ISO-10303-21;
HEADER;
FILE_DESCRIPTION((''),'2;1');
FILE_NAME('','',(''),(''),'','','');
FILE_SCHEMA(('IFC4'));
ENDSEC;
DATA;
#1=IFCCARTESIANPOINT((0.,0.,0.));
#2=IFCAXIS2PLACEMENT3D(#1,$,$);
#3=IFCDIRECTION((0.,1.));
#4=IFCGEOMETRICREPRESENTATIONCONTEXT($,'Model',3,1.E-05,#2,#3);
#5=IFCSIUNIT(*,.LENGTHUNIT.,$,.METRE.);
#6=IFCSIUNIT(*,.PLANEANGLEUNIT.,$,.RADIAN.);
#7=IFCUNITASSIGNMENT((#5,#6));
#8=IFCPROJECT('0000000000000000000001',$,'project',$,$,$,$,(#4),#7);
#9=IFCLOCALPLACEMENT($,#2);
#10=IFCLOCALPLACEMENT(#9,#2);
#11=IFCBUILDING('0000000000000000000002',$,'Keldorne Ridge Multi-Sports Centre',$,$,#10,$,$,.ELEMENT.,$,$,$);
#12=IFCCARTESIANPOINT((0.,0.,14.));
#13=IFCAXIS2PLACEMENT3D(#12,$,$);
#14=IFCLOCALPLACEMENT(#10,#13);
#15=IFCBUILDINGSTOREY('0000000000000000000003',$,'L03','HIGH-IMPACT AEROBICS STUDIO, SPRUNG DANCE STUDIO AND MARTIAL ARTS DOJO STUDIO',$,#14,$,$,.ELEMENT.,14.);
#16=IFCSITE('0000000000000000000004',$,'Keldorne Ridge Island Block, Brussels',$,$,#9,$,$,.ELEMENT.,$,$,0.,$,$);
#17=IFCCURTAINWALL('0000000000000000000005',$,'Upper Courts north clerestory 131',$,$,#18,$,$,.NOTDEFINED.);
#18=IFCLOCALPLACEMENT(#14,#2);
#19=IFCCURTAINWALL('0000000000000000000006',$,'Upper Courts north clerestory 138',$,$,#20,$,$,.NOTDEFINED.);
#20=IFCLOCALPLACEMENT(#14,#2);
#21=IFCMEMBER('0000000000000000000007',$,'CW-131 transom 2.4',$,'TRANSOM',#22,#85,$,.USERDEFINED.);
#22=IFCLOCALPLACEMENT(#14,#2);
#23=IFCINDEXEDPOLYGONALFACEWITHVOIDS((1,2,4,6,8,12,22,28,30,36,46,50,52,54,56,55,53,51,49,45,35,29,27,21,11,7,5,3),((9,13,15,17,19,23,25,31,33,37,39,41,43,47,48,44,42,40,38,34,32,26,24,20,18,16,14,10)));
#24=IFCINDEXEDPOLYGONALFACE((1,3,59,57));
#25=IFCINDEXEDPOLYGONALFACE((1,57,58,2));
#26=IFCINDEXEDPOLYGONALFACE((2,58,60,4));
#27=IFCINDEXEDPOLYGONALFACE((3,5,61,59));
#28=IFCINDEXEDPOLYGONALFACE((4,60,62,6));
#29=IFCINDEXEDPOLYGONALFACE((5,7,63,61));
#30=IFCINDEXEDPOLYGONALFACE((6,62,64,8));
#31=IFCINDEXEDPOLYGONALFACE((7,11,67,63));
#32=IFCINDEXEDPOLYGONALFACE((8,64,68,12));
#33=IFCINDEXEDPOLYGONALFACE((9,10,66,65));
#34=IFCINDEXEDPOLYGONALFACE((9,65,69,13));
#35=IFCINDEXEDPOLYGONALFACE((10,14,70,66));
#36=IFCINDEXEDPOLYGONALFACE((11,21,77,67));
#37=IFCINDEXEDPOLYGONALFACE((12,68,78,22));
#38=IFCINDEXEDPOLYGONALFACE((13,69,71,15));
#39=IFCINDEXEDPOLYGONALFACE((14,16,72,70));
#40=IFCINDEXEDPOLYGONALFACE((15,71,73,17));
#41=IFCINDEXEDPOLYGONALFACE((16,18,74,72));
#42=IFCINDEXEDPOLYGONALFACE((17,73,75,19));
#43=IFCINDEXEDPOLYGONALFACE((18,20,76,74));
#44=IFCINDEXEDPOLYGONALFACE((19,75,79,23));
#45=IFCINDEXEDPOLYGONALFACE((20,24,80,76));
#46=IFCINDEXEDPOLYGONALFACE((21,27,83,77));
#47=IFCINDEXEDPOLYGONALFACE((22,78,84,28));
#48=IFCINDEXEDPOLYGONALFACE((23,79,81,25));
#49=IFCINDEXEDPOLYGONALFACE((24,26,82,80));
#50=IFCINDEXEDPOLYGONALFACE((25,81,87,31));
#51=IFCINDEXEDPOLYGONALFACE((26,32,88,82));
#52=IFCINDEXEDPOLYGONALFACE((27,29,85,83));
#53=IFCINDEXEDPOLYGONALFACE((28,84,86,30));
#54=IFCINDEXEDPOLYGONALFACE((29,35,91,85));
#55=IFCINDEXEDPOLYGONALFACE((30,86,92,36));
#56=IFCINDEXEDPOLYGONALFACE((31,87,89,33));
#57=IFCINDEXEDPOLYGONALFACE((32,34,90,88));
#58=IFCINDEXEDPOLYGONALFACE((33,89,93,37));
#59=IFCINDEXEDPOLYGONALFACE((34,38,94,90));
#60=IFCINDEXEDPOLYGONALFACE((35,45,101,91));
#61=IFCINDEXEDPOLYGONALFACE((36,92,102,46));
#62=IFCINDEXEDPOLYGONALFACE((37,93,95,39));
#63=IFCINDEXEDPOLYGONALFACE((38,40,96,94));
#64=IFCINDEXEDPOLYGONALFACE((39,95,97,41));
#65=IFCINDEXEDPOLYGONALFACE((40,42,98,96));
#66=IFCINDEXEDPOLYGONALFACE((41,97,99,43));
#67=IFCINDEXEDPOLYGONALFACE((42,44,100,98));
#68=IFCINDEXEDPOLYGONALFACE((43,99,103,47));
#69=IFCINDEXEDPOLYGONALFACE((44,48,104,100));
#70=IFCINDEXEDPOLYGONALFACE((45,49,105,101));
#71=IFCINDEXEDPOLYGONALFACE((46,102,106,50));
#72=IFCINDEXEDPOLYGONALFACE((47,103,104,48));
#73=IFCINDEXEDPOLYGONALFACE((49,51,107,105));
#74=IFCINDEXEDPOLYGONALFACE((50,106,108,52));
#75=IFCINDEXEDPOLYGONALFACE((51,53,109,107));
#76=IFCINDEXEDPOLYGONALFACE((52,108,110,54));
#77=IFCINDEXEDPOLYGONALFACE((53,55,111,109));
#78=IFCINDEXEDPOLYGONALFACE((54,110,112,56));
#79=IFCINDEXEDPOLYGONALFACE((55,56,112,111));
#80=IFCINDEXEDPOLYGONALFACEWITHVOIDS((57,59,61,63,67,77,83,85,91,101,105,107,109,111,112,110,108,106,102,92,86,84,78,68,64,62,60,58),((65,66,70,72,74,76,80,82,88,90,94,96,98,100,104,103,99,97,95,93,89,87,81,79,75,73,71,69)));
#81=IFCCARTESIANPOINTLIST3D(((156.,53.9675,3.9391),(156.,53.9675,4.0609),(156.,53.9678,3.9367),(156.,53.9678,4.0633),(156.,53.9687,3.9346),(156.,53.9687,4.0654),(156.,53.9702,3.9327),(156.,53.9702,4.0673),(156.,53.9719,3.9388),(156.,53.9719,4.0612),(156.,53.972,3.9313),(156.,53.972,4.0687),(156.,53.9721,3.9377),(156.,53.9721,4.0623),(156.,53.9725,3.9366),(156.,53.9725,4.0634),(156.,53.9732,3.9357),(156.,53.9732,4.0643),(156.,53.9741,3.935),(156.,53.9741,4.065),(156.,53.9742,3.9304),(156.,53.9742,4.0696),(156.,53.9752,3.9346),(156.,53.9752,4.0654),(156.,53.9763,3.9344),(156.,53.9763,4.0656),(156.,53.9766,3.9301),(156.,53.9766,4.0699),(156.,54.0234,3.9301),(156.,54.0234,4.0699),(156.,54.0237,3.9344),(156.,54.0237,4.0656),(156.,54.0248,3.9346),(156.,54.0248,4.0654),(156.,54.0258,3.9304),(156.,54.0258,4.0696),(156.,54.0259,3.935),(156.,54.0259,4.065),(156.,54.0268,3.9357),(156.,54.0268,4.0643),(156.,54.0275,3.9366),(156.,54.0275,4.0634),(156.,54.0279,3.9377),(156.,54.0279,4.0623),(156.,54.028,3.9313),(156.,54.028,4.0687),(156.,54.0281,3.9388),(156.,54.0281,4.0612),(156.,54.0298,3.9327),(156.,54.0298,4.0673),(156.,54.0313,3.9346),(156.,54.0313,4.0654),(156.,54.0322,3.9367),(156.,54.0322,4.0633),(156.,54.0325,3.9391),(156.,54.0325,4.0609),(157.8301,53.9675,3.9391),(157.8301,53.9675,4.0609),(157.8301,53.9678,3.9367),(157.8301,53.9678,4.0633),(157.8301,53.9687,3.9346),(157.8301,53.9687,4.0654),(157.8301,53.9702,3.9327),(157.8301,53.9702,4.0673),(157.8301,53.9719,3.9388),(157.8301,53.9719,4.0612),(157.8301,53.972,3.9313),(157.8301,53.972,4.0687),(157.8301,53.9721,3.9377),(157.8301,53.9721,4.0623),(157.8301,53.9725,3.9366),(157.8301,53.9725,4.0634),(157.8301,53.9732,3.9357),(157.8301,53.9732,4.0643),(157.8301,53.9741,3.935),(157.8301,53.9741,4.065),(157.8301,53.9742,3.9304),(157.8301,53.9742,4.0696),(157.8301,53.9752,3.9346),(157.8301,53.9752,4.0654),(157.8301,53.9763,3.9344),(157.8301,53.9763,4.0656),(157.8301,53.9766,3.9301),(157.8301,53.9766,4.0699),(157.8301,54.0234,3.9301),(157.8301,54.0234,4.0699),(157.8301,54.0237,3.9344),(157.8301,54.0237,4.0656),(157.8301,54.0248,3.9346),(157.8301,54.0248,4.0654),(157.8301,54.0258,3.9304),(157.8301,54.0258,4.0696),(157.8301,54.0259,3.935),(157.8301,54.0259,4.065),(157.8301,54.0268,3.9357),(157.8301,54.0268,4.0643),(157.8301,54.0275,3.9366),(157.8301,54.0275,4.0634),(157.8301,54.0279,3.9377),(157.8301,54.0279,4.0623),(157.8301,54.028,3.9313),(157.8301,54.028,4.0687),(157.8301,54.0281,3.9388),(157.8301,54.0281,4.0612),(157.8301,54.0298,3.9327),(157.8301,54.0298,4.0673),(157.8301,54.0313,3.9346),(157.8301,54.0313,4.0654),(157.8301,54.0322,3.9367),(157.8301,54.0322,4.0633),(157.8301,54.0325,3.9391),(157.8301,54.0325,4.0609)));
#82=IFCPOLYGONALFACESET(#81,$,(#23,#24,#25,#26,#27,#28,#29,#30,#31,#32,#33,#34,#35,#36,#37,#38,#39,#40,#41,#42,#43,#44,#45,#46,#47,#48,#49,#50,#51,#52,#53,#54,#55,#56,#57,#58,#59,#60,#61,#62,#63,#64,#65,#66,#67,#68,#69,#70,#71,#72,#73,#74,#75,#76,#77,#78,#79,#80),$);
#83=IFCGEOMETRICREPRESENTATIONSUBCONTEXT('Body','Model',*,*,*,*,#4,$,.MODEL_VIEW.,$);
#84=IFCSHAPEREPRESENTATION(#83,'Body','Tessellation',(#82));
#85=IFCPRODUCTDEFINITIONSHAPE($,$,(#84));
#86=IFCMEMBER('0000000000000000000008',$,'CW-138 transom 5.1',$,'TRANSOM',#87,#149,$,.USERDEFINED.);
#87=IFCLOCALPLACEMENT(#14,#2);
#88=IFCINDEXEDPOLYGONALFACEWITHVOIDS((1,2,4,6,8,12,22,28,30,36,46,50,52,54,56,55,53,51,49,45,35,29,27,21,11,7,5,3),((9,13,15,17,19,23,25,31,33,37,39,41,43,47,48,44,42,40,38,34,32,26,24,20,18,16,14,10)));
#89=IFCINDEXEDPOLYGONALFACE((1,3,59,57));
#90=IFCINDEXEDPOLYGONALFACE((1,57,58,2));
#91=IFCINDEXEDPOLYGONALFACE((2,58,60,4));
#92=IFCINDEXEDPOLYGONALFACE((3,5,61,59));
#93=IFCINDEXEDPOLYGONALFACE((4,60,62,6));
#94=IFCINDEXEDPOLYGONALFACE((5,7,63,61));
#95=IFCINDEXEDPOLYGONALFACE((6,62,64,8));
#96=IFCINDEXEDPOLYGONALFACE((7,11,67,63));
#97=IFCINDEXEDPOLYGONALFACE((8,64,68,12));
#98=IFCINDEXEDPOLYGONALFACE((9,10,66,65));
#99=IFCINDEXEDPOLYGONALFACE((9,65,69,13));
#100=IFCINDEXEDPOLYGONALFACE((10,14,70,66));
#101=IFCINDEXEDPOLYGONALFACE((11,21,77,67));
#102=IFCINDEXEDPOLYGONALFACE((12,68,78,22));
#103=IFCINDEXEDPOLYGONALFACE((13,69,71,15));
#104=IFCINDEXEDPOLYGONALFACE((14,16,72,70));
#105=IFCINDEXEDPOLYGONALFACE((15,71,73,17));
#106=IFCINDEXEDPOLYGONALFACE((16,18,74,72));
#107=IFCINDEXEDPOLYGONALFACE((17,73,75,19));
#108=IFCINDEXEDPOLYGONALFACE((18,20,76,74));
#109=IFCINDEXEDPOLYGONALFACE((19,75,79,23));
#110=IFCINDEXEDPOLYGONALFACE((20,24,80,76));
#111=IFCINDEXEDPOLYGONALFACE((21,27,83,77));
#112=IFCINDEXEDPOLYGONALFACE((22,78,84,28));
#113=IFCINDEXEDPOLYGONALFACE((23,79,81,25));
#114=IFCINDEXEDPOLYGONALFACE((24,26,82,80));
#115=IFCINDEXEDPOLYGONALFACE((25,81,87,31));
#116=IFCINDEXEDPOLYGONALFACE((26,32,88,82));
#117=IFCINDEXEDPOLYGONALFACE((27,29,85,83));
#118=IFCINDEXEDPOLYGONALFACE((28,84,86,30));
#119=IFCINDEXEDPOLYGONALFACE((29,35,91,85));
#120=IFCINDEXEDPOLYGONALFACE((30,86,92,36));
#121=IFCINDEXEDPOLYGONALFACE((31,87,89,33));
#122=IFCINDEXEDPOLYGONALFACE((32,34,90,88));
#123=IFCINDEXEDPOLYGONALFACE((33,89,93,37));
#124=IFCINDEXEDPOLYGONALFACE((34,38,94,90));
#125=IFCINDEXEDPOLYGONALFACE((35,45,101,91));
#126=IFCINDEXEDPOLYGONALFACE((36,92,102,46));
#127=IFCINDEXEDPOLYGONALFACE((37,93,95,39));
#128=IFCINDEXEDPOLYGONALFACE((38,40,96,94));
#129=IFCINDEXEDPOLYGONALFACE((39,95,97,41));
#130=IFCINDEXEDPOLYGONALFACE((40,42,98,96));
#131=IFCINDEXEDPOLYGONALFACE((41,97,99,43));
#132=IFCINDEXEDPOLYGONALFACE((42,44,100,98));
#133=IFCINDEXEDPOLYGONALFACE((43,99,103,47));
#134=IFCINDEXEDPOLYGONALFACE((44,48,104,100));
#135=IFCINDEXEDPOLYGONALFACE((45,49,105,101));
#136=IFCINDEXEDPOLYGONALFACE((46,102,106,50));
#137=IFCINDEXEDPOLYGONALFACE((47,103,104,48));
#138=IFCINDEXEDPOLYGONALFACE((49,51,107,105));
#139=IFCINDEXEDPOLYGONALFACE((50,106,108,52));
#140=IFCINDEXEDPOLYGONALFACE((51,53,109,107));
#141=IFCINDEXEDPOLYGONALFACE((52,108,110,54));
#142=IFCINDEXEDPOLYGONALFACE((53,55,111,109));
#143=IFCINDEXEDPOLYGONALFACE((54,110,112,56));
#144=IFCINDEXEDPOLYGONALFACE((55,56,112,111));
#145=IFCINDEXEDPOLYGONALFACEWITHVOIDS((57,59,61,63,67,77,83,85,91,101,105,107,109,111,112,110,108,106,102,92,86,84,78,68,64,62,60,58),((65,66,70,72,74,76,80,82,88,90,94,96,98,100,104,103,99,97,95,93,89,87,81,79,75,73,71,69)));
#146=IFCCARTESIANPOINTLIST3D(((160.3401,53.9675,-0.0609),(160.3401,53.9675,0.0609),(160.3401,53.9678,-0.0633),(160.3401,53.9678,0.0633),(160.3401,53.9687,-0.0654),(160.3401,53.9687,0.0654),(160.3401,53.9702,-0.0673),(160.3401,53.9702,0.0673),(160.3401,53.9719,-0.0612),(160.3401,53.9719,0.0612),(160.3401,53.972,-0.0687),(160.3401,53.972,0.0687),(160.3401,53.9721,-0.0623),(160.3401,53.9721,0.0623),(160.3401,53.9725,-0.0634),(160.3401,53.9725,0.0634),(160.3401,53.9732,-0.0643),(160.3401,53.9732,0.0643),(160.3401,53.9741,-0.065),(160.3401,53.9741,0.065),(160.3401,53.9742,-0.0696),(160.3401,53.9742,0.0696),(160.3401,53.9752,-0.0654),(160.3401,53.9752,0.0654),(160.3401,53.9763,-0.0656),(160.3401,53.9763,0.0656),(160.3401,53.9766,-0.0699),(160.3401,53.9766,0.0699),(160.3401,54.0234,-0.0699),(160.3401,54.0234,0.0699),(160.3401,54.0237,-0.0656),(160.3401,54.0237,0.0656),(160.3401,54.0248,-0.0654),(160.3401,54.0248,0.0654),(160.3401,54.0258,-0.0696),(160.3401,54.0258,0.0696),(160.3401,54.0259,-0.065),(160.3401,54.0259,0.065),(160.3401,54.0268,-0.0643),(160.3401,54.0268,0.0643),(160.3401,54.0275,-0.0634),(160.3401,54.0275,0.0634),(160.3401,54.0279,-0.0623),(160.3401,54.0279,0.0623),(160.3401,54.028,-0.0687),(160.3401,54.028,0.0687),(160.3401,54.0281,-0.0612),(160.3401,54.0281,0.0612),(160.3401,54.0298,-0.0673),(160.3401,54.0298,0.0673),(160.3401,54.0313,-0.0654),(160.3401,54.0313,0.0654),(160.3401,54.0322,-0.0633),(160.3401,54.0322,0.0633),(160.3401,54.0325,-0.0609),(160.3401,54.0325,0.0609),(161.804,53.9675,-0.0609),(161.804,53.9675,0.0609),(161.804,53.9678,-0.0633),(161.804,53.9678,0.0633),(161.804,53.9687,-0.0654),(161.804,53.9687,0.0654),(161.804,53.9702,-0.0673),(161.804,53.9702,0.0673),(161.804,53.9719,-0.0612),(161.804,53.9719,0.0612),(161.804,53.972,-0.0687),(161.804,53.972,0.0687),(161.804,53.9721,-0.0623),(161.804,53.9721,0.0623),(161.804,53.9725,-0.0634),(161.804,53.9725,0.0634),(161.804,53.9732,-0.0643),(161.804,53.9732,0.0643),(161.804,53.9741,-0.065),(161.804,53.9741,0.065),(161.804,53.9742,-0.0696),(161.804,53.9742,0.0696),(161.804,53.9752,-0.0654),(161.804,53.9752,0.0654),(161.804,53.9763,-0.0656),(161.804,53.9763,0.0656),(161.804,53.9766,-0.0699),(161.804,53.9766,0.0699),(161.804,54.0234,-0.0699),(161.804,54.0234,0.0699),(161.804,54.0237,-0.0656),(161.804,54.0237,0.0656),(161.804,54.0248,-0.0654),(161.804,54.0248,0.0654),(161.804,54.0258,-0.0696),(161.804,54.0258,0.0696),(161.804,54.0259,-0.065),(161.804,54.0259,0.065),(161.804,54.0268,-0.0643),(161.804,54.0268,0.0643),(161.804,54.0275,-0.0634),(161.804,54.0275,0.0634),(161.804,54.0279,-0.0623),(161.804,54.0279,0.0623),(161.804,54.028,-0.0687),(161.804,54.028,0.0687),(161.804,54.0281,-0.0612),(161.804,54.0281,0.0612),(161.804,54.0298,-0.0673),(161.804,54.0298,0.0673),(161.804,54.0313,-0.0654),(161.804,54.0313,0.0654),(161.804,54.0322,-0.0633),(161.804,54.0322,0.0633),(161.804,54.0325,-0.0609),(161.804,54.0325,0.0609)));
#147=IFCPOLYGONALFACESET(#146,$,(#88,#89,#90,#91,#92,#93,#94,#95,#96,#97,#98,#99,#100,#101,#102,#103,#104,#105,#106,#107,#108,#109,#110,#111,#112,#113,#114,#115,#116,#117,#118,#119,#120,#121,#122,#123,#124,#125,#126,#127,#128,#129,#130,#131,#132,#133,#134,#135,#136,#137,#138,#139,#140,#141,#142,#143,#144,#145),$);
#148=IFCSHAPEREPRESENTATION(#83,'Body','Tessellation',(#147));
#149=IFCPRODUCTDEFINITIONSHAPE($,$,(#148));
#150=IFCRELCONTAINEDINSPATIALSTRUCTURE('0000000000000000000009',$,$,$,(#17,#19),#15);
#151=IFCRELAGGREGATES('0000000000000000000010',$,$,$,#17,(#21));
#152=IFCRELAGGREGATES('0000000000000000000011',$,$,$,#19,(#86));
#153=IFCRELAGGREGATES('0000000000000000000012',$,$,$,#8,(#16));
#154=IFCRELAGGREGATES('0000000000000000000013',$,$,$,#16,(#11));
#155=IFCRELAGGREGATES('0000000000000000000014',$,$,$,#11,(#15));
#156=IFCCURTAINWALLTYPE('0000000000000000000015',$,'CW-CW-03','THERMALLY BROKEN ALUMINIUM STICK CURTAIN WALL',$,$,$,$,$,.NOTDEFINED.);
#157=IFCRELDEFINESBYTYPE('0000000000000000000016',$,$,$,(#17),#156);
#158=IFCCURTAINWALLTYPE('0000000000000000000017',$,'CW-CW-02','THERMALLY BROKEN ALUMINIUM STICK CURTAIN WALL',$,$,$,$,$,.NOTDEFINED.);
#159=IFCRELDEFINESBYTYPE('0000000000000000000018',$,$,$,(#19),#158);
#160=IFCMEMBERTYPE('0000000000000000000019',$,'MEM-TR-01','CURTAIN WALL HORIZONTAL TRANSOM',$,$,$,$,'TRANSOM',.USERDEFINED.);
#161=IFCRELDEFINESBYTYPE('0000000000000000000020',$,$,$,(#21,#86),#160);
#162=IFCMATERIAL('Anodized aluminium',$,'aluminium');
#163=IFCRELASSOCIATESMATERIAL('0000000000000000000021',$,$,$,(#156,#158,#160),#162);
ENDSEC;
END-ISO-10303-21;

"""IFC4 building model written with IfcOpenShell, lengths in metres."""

from ifc_helpers import new_model, si_unit, direction, frame, origin, origin_2d, place, context, subcontext, project, spatial, hollow_rectangle, extrude, material, material_profile, profile_set, type_object, element, aggregate, save


model = new_model("IFC4")

# Units and contexts
model_context = context("Model", 3, precision=1e-05, world=origin(), true_north=direction((0.0, 1.0)))
body_context = subcontext(model_context, "Body", "Model", "MODEL_VIEW")
ifc_project = project(units=[si_unit("LENGTHUNIT", "METRE"), si_unit("PLANEANGLEUNIT", "RADIAN")], contexts=[model_context])

# Site, building, storey
site_placement = place(None, origin())
site = spatial("IfcSite", under=ifc_project, at=site_placement, Name="Keldorne Ridge Island Block, Brussels", CompositionType="ELEMENT", RefElevation=0.0)
building_placement = place(site_placement, origin())
building = spatial("IfcBuilding", under=site, at=building_placement, Name="Keldorne Ridge Multi-Sports Centre", CompositionType="ELEMENT")
storey_placement = place(building_placement, frame((0.0, 0.0, 14.0)))
storey = spatial("IfcBuildingStorey", under=building, at=storey_placement, Name="L03", Description="HIGH-IMPACT AEROBICS STUDIO, SPRUNG DANCE STUDIO AND MARTIAL ARTS DOJO STUDIO", CompositionType="ELEMENT", Elevation=14.0)

# Curtain walls
ifc_material_1 = material(Name="Anodized aluminium", Category="aluminium")
curtain_wall_type_1 = type_object("IfcCurtainWallType", Name="CW-CW-03", Description="THERMALLY BROKEN ALUMINIUM STICK CURTAIN WALL", PredefinedType="NOTDEFINED", material=ifc_material_1)
curtain_wall_1_placement = place(storey_placement, origin())
curtain_wall_1 = element("IfcCurtainWall", 1, at=curtain_wall_1_placement, inside=storey, type_object=curtain_wall_type_1, Name="Upper Courts north clerestory 131", PredefinedType="NOTDEFINED")
curtain_wall_type_2 = type_object("IfcCurtainWallType", Name="CW-CW-02", Description="THERMALLY BROKEN ALUMINIUM STICK CURTAIN WALL", PredefinedType="NOTDEFINED", material=ifc_material_1)
curtain_wall_2_placement = place(storey_placement, origin())
curtain_wall_2 = element("IfcCurtainWall", 2, at=curtain_wall_2_placement, inside=storey, type_object=curtain_wall_type_2, Name="Upper Courts north clerestory 138", PredefinedType="NOTDEFINED")

# Members
ifc_material_profile_1 = material_profile(ifc_material_1, hollow_rectangle(XDim=0.0649, YDim=0.1399, WallThickness=0.0044, InnerFilletRadius=0.0044, OuterFilletRadius=0.009, at=origin_2d()), Name="ALU TRANSOM 140x65x4.5")
ifc_profile_set_1 = profile_set([ifc_material_profile_1], Name="Anodized aluminium")
member_type_1 = type_object("IfcMemberType", Name="MEM-TR-01", Description="CURTAIN WALL HORIZONTAL TRANSOM", ElementType="TRANSOM", PredefinedType="USERDEFINED", material=ifc_profile_set_1)
member_1_placement = place(storey_placement, frame((157.8301, 54.0, 4.0), z_axis=(-1.0, 0.0, 0.0), x_axis=(0.0, -1.0, 0.0)))
member_1 = element("IfcMember", 3, at=member_1_placement, type_object=member_type_1, Name="CW-131 transom 2.4", ObjectType="TRANSOM", PredefinedType="USERDEFINED", context=body_context, shape_type="SweptSolid", body=[
    extrude(hollow_rectangle(XDim=0.0649, YDim=0.1399, WallThickness=0.0044, InnerFilletRadius=0.0044, OuterFilletRadius=0.009, at=origin_2d()), origin(), (0.0, 0.0, 1.0), 1.8301),
])
member_2_placement = place(storey_placement, frame((161.804, 54.0, 0.0), z_axis=(-1.0, 0.0, 0.0), x_axis=(0.0, -1.0, 0.0)))
member_2 = element("IfcMember", 4, at=member_2_placement, type_object=member_type_1, Name="CW-138 transom 5.1", ObjectType="TRANSOM", PredefinedType="USERDEFINED", context=body_context, shape_type="SweptSolid", body=[
    extrude(hollow_rectangle(XDim=0.0649, YDim=0.1399, WallThickness=0.0044, InnerFilletRadius=0.0044, OuterFilletRadius=0.009, at=origin_2d()), origin(), (0.0, 0.0, 1.0), 1.4639),
])

aggregate(curtain_wall_1, [member_1])
aggregate(curtain_wall_2, [member_2])

save(model, "model.ifc")
